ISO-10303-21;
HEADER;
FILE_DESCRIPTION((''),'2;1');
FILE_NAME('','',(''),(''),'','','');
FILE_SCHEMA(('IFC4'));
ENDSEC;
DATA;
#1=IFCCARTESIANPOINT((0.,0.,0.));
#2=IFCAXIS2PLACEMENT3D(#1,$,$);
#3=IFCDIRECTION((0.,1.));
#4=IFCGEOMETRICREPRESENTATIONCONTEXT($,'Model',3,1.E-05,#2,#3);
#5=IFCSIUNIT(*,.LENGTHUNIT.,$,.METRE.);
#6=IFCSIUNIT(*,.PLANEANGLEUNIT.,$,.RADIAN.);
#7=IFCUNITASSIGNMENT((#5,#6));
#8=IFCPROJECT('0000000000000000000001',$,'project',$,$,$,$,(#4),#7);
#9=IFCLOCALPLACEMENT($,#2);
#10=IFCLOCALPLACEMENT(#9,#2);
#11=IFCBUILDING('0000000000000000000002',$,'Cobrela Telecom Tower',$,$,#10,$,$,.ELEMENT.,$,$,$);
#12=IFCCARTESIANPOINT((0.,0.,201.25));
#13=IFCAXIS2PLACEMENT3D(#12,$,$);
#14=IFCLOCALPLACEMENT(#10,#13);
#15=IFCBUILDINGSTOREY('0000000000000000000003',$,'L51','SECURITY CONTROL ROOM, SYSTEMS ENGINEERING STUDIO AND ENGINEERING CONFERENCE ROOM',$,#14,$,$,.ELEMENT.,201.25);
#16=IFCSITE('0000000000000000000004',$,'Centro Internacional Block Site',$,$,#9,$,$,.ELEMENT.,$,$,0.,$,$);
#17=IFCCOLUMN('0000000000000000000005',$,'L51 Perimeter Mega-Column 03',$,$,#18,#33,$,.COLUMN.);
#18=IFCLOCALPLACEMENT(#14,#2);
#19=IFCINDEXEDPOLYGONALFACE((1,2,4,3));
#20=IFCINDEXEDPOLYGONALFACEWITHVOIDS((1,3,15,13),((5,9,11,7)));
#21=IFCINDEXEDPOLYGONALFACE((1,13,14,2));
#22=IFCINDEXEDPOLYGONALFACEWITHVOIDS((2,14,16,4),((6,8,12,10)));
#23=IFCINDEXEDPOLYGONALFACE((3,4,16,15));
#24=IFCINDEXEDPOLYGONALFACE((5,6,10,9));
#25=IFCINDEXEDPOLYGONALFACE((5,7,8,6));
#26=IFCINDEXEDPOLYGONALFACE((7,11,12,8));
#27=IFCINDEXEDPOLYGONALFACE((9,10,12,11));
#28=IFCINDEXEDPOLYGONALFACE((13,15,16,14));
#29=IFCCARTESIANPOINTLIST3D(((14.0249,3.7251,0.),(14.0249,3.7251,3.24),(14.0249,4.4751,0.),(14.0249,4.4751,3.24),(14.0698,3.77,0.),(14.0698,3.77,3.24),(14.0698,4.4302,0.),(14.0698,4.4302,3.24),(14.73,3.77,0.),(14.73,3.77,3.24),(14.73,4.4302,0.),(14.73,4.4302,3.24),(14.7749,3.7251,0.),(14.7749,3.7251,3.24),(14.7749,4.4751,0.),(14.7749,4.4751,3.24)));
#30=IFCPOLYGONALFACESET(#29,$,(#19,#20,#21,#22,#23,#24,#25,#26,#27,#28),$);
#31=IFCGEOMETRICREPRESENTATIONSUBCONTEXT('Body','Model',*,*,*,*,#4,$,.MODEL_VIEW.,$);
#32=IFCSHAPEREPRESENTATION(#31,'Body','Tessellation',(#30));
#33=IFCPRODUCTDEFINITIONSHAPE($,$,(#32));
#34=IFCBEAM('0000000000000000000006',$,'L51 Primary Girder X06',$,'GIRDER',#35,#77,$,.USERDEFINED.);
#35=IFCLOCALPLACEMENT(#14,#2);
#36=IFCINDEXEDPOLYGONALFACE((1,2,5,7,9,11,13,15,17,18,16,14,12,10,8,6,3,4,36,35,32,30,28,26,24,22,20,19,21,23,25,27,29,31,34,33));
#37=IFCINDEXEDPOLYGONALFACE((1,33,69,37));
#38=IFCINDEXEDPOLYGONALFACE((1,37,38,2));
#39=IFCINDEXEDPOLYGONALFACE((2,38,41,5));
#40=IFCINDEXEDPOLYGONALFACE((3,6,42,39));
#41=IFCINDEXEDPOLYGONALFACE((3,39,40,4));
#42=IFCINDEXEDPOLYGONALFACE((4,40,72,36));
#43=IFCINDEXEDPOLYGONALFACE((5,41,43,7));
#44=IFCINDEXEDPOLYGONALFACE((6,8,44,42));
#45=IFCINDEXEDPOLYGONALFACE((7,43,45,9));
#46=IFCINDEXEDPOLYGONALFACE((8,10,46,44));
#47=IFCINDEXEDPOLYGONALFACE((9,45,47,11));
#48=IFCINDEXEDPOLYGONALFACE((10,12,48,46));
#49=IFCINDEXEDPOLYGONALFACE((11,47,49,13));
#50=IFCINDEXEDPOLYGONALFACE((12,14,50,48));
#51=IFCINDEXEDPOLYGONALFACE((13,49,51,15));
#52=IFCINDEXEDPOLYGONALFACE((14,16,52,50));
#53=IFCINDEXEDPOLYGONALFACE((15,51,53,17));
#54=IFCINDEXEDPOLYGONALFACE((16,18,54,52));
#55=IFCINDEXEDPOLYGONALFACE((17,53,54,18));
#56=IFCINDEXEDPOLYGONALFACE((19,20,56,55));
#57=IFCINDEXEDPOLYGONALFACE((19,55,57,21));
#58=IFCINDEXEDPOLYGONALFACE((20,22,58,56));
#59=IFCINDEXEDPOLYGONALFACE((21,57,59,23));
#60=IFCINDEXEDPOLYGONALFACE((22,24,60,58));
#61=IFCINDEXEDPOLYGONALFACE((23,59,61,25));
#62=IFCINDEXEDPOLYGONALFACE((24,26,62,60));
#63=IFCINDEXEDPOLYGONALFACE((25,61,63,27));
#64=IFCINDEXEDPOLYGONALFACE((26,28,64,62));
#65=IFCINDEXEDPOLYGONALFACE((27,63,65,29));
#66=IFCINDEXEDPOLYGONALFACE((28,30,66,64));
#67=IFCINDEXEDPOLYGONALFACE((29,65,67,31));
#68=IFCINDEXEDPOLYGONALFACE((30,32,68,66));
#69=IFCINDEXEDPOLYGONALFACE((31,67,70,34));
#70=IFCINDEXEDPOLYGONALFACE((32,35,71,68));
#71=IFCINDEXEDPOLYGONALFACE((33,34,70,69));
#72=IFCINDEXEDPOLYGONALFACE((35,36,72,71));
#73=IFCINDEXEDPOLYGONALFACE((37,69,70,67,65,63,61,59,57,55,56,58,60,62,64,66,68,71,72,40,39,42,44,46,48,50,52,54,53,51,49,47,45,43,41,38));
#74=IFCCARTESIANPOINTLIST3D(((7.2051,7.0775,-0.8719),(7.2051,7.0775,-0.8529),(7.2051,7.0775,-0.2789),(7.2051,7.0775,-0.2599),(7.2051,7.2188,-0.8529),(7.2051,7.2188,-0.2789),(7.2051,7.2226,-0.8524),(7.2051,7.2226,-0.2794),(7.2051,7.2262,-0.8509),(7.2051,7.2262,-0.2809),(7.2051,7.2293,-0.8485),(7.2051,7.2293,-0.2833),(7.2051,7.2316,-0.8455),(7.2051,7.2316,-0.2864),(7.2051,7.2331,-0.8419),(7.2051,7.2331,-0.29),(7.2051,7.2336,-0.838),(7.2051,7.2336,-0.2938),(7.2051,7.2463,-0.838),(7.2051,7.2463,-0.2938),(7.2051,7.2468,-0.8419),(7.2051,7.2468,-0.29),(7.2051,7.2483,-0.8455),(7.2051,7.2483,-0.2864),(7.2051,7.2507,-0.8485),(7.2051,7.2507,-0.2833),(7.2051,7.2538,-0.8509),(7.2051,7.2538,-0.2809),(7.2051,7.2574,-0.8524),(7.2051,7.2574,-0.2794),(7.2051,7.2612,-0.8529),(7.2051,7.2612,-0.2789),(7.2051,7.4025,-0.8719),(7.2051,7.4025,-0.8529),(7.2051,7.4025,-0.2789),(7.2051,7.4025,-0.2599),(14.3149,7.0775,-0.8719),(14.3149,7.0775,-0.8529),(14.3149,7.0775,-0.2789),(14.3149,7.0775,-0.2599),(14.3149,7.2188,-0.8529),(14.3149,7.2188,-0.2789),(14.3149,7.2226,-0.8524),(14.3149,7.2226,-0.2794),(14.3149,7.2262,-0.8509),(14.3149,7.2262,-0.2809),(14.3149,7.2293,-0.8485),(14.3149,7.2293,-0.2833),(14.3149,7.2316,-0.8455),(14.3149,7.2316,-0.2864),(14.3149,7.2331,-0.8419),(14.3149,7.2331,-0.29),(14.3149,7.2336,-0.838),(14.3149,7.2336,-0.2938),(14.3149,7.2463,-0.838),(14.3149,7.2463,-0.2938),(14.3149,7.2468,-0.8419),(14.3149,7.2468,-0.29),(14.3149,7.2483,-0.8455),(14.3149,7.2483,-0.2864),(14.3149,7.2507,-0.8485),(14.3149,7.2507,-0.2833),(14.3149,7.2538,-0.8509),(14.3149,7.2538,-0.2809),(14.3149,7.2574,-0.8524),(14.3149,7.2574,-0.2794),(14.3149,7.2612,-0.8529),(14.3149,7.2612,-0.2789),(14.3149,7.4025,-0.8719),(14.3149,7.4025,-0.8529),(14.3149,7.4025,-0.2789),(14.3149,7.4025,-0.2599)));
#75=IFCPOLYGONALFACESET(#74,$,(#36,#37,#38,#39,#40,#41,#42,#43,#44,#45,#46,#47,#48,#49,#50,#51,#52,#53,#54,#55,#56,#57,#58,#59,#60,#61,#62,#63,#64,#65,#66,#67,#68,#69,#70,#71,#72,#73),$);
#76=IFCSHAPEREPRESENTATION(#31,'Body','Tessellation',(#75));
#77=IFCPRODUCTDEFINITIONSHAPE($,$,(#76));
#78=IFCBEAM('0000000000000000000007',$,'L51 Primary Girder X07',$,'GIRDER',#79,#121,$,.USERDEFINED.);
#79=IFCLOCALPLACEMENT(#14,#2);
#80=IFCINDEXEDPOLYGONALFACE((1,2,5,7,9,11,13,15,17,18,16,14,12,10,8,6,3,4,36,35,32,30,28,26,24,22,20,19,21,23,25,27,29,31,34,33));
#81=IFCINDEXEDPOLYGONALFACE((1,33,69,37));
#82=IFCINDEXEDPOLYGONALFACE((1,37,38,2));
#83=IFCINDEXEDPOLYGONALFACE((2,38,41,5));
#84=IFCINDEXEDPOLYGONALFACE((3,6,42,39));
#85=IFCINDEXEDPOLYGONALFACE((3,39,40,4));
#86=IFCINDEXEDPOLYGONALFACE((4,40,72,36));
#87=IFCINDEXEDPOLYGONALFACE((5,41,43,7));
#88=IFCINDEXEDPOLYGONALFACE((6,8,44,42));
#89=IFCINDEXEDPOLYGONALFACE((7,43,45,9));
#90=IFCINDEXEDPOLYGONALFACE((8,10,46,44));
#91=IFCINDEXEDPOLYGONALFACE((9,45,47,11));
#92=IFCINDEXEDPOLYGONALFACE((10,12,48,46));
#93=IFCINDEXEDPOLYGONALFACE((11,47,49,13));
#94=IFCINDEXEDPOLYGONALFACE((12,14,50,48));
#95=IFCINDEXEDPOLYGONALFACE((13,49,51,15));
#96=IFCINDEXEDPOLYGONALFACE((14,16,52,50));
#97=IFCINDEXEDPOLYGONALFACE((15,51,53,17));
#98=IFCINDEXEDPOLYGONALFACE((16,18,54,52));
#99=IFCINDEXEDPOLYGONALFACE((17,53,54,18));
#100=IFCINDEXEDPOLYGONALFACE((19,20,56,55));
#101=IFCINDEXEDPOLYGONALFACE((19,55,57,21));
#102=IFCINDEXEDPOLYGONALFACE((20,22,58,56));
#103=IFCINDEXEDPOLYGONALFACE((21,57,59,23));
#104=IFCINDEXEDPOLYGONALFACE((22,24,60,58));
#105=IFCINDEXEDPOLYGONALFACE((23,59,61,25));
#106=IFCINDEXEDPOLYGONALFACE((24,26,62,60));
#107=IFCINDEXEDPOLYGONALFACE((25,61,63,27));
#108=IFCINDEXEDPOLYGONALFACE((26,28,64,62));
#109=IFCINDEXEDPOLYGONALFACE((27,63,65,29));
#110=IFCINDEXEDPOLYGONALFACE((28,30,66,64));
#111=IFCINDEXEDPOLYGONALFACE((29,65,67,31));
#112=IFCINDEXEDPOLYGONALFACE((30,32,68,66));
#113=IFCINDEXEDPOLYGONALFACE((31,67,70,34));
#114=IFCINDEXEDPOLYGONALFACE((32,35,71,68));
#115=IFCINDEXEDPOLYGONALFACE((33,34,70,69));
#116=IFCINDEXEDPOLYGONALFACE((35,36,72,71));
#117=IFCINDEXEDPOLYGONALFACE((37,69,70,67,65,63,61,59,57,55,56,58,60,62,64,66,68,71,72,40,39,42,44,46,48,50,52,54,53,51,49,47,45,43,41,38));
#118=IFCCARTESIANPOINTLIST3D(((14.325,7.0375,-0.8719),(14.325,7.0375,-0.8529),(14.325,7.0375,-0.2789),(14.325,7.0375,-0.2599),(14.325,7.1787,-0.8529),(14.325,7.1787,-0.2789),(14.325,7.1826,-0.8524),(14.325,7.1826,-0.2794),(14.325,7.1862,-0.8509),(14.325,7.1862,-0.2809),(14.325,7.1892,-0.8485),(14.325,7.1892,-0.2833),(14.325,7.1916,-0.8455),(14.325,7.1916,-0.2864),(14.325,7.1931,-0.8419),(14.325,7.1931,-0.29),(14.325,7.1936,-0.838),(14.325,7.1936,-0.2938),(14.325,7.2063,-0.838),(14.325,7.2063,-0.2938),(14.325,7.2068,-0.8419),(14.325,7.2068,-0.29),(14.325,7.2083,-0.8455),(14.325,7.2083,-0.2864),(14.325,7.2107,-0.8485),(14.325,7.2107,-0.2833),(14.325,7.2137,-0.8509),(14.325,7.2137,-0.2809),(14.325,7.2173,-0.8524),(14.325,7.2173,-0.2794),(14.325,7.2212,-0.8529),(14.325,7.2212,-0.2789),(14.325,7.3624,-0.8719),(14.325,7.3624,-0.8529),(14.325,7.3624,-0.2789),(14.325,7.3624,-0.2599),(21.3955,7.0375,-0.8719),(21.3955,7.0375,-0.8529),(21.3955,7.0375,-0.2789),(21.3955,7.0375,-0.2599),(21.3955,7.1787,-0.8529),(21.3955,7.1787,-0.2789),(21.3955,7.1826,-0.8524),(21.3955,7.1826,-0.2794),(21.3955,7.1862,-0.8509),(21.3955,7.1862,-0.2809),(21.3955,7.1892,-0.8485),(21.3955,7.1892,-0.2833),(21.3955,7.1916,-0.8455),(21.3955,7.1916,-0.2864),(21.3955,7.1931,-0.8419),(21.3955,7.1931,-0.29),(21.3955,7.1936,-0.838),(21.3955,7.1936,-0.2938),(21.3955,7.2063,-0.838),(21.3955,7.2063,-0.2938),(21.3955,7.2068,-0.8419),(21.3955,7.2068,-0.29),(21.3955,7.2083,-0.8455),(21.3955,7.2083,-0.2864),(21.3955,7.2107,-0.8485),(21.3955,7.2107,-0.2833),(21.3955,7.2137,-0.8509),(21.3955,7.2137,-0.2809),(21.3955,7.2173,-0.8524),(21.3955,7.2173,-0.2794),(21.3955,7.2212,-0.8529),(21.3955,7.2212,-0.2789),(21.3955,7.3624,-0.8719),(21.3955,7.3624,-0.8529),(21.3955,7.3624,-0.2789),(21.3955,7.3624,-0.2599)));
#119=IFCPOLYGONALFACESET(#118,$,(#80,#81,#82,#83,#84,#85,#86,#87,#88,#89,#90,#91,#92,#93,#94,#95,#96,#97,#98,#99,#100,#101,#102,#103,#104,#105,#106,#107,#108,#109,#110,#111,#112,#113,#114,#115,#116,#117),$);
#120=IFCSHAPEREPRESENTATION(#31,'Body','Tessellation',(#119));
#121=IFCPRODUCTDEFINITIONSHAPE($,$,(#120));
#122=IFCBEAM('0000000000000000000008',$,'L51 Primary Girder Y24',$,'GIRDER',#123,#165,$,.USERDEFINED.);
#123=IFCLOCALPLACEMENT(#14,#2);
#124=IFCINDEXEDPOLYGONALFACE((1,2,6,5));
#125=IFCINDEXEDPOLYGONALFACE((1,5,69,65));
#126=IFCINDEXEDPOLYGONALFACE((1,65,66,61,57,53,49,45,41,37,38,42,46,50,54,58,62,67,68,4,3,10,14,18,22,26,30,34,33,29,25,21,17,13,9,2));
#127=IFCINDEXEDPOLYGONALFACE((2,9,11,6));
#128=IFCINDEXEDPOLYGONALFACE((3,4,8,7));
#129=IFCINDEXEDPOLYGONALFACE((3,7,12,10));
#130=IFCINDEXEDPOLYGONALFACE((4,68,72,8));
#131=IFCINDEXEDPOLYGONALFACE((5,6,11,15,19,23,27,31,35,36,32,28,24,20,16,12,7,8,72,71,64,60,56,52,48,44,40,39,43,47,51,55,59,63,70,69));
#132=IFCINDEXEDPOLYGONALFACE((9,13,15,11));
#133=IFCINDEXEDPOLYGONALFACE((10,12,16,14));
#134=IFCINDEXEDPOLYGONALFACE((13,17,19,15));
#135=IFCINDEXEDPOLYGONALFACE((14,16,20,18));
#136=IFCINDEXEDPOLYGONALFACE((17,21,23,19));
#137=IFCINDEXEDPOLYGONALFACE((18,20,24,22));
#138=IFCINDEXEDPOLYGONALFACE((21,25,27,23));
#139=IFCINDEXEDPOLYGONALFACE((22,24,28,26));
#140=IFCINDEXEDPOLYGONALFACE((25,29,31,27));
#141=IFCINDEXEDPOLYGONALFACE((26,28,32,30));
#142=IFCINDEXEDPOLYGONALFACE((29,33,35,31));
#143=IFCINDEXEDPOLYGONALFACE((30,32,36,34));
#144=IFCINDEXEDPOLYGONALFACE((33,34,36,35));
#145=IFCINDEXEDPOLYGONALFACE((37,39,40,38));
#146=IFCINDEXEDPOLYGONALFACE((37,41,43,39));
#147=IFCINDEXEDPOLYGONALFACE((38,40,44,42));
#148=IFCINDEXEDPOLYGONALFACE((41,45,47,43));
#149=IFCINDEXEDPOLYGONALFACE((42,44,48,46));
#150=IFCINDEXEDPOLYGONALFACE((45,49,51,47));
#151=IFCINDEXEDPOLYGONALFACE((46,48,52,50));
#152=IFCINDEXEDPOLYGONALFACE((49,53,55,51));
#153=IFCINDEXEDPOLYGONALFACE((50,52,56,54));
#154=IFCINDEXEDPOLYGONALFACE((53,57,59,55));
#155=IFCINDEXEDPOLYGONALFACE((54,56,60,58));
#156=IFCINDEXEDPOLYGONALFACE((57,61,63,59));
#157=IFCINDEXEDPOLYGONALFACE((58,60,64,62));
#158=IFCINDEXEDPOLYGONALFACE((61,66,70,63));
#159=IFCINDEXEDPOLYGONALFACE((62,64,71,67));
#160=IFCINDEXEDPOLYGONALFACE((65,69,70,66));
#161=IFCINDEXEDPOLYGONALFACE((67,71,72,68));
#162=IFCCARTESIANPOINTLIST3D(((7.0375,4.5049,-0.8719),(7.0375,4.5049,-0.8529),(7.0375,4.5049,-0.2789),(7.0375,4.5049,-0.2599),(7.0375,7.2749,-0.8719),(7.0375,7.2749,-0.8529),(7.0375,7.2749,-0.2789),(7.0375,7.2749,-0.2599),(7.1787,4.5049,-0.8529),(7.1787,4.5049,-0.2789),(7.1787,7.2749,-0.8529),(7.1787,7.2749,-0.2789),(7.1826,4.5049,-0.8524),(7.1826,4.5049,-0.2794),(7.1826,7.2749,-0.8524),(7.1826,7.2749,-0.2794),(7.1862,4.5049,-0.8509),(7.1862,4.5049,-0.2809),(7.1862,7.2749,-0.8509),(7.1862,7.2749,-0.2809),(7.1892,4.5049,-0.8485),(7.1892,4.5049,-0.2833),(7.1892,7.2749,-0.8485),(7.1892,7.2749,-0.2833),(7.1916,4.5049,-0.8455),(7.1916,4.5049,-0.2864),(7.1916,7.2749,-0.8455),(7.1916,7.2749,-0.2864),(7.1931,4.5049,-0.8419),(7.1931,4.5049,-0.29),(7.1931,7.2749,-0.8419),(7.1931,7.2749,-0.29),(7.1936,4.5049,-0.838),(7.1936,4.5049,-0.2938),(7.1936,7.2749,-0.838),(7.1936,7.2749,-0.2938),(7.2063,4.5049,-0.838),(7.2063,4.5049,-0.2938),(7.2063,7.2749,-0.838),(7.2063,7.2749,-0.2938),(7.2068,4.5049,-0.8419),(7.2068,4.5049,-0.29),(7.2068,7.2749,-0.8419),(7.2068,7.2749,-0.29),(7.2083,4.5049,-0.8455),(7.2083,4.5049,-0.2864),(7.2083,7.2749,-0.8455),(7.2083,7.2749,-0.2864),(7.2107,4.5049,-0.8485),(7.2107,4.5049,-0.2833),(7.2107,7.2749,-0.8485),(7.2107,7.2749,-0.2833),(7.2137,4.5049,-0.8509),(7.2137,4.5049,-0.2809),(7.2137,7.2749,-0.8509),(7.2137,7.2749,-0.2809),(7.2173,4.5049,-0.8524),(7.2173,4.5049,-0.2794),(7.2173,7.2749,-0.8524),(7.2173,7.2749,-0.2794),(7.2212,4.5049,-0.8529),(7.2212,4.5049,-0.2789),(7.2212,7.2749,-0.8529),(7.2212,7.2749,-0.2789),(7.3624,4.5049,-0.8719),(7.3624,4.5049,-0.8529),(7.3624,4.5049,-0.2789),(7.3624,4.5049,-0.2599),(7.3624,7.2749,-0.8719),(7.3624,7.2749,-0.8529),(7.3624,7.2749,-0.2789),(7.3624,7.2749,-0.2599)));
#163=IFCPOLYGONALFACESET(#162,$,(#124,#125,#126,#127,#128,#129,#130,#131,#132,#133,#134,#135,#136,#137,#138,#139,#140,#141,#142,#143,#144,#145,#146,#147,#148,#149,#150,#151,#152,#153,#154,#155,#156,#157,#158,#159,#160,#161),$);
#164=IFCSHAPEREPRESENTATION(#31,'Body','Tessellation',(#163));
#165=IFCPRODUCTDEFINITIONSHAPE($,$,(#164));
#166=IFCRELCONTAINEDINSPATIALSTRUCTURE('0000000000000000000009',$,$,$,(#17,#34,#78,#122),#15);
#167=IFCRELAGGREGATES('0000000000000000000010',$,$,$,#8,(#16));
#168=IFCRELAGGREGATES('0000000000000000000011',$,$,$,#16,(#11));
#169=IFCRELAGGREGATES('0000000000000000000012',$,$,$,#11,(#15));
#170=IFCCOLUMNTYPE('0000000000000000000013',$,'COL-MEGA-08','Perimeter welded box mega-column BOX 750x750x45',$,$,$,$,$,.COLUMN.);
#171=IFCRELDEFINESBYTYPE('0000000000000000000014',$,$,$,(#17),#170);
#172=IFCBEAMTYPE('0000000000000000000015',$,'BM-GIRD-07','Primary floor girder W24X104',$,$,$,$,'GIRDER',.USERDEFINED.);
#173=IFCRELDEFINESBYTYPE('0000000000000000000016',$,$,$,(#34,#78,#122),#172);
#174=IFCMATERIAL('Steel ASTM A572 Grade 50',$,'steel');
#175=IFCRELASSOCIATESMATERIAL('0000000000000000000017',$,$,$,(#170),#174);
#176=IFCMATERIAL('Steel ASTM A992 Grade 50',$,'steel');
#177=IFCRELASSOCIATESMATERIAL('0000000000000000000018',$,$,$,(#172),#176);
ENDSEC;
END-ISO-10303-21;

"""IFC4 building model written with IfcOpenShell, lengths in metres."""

from ifc_helpers import new_model, si_unit, direction, frame, origin, origin_2d, place, context, subcontext, project, spatial, hollow_rectangle, i_section, extrude, material, material_profile, profile_set, type_object, element, save


model = new_model("IFC4")

# Units and contexts
model_context = context("Model", 3, precision=1e-05, world=origin(), true_north=direction((0.0, 1.0)))
body_context = subcontext(model_context, "Body", "Model", "MODEL_VIEW")
ifc_project = project(units=[si_unit("LENGTHUNIT", "METRE"), si_unit("PLANEANGLEUNIT", "RADIAN")], contexts=[model_context])

# Site, building, storey
site_placement = place(None, origin())
site = spatial("IfcSite", under=ifc_project, at=site_placement, Name="Centro Internacional Block Site", CompositionType="ELEMENT", RefElevation=0.0)
building_placement = place(site_placement, origin())
building = spatial("IfcBuilding", under=site, at=building_placement, Name="Cobrela Telecom Tower", CompositionType="ELEMENT")
storey_placement = place(building_placement, frame((0.0, 0.0, 201.25)))
storey = spatial("IfcBuildingStorey", under=building, at=storey_placement, Name="L51", Description="SECURITY CONTROL ROOM, SYSTEMS ENGINEERING STUDIO AND ENGINEERING CONFERENCE ROOM", CompositionType="ELEMENT", Elevation=201.25)

# Column
ifc_material_1 = material(Name="Steel ASTM A572 Grade 50", Category="steel")
ifc_material_profile_1 = material_profile(ifc_material_1, hollow_rectangle(XDim=0.75, YDim=0.75, WallThickness=0.0449, at=origin_2d()), Name="BOX 750x750x45")
ifc_profile_set_1 = profile_set([ifc_material_profile_1], Name="Steel ASTM A572 Grade 50")
column_type = type_object("IfcColumnType", Name="COL-MEGA-08", Description="Perimeter welded box mega-column BOX 750x750x45", PredefinedType="COLUMN", material=ifc_profile_set_1)
column_placement = place(storey_placement, frame((14.3999, 4.1001, 0.0), z_axis=(0.0, 0.0, 1.0), x_axis=(1.0, 0.0, 0.0)))
element("IfcColumn", 1, at=column_placement, inside=storey, type_object=column_type, Name="L51 Perimeter Mega-Column 03", PredefinedType="COLUMN", context=body_context, shape_type="SweptSolid", body=[
    extrude(hollow_rectangle(XDim=0.75, YDim=0.75, WallThickness=0.0449, at=origin_2d()), origin(), (0.0, 0.0, 1.0), 3.24),
])

# Beams
ifc_material_2 = material(Name="Steel ASTM A992 Grade 50", Category="steel")
ifc_material_profile_2 = material_profile(ifc_material_2, i_section(OverallWidth=0.325, OverallDepth=0.6121, WebThickness=0.0127, FlangeThickness=0.019, FilletRadius=0.0149, at=origin_2d()), Name="W24X104")
ifc_profile_set_2 = profile_set([ifc_material_profile_2], Name="Steel ASTM A992 Grade 50")
beam_type_1 = type_object("IfcBeamType", Name="BM-GIRD-07", Description="Primary floor girder W24X104", ElementType="GIRDER", PredefinedType="USERDEFINED", material=ifc_profile_set_2)
beam_1_placement = place(storey_placement, frame((7.2051, 7.24, -0.5659), z_axis=(1.0, 0.0, 0.0), x_axis=(0.0, 1.0, 0.0)))
element("IfcBeam", 2, at=beam_1_placement, inside=storey, type_object=beam_type_1, Name="L51 Primary Girder X06", ObjectType="GIRDER", PredefinedType="USERDEFINED", context=body_context, shape_type="SweptSolid", body=[
    extrude(i_section(OverallWidth=0.325, OverallDepth=0.6121, WebThickness=0.0127, FlangeThickness=0.019, FilletRadius=0.0149, at=origin_2d()), origin(), (0.0, 0.0, 1.0), 7.1099),
])
beam_2_placement = place(storey_placement, frame((14.325, 7.2, -0.5659), z_axis=(1.0, 0.0, 0.0), x_axis=(0.0, 1.0, 0.0)))
element("IfcBeam", 3, at=beam_2_placement, inside=storey, type_object=beam_type_1, Name="L51 Primary Girder X07", ObjectType="GIRDER", PredefinedType="USERDEFINED", context=body_context, shape_type="SweptSolid", body=[
    extrude(i_section(OverallWidth=0.325, OverallDepth=0.6121, WebThickness=0.0127, FlangeThickness=0.019, FilletRadius=0.0149, at=origin_2d()), origin(), (0.0, 0.0, 1.0), 7.0706),
])
beam_3_placement = place(storey_placement, frame((7.2, 4.5049, -0.5659), z_axis=(0.0, 1.0, 0.0), x_axis=(-1.0, 0.0, 0.0)))
element("IfcBeam", 4, at=beam_3_placement, inside=storey, type_object=beam_type_1, Name="L51 Primary Girder Y24", ObjectType="GIRDER", PredefinedType="USERDEFINED", context=body_context, shape_type="SweptSolid", body=[
    extrude(i_section(OverallWidth=0.325, OverallDepth=0.6121, WebThickness=0.0127, FlangeThickness=0.019, FilletRadius=0.0149, at=origin_2d()), origin(), (0.0, 0.0, 1.0), 2.77),
])

save(model, "model.ifc")
